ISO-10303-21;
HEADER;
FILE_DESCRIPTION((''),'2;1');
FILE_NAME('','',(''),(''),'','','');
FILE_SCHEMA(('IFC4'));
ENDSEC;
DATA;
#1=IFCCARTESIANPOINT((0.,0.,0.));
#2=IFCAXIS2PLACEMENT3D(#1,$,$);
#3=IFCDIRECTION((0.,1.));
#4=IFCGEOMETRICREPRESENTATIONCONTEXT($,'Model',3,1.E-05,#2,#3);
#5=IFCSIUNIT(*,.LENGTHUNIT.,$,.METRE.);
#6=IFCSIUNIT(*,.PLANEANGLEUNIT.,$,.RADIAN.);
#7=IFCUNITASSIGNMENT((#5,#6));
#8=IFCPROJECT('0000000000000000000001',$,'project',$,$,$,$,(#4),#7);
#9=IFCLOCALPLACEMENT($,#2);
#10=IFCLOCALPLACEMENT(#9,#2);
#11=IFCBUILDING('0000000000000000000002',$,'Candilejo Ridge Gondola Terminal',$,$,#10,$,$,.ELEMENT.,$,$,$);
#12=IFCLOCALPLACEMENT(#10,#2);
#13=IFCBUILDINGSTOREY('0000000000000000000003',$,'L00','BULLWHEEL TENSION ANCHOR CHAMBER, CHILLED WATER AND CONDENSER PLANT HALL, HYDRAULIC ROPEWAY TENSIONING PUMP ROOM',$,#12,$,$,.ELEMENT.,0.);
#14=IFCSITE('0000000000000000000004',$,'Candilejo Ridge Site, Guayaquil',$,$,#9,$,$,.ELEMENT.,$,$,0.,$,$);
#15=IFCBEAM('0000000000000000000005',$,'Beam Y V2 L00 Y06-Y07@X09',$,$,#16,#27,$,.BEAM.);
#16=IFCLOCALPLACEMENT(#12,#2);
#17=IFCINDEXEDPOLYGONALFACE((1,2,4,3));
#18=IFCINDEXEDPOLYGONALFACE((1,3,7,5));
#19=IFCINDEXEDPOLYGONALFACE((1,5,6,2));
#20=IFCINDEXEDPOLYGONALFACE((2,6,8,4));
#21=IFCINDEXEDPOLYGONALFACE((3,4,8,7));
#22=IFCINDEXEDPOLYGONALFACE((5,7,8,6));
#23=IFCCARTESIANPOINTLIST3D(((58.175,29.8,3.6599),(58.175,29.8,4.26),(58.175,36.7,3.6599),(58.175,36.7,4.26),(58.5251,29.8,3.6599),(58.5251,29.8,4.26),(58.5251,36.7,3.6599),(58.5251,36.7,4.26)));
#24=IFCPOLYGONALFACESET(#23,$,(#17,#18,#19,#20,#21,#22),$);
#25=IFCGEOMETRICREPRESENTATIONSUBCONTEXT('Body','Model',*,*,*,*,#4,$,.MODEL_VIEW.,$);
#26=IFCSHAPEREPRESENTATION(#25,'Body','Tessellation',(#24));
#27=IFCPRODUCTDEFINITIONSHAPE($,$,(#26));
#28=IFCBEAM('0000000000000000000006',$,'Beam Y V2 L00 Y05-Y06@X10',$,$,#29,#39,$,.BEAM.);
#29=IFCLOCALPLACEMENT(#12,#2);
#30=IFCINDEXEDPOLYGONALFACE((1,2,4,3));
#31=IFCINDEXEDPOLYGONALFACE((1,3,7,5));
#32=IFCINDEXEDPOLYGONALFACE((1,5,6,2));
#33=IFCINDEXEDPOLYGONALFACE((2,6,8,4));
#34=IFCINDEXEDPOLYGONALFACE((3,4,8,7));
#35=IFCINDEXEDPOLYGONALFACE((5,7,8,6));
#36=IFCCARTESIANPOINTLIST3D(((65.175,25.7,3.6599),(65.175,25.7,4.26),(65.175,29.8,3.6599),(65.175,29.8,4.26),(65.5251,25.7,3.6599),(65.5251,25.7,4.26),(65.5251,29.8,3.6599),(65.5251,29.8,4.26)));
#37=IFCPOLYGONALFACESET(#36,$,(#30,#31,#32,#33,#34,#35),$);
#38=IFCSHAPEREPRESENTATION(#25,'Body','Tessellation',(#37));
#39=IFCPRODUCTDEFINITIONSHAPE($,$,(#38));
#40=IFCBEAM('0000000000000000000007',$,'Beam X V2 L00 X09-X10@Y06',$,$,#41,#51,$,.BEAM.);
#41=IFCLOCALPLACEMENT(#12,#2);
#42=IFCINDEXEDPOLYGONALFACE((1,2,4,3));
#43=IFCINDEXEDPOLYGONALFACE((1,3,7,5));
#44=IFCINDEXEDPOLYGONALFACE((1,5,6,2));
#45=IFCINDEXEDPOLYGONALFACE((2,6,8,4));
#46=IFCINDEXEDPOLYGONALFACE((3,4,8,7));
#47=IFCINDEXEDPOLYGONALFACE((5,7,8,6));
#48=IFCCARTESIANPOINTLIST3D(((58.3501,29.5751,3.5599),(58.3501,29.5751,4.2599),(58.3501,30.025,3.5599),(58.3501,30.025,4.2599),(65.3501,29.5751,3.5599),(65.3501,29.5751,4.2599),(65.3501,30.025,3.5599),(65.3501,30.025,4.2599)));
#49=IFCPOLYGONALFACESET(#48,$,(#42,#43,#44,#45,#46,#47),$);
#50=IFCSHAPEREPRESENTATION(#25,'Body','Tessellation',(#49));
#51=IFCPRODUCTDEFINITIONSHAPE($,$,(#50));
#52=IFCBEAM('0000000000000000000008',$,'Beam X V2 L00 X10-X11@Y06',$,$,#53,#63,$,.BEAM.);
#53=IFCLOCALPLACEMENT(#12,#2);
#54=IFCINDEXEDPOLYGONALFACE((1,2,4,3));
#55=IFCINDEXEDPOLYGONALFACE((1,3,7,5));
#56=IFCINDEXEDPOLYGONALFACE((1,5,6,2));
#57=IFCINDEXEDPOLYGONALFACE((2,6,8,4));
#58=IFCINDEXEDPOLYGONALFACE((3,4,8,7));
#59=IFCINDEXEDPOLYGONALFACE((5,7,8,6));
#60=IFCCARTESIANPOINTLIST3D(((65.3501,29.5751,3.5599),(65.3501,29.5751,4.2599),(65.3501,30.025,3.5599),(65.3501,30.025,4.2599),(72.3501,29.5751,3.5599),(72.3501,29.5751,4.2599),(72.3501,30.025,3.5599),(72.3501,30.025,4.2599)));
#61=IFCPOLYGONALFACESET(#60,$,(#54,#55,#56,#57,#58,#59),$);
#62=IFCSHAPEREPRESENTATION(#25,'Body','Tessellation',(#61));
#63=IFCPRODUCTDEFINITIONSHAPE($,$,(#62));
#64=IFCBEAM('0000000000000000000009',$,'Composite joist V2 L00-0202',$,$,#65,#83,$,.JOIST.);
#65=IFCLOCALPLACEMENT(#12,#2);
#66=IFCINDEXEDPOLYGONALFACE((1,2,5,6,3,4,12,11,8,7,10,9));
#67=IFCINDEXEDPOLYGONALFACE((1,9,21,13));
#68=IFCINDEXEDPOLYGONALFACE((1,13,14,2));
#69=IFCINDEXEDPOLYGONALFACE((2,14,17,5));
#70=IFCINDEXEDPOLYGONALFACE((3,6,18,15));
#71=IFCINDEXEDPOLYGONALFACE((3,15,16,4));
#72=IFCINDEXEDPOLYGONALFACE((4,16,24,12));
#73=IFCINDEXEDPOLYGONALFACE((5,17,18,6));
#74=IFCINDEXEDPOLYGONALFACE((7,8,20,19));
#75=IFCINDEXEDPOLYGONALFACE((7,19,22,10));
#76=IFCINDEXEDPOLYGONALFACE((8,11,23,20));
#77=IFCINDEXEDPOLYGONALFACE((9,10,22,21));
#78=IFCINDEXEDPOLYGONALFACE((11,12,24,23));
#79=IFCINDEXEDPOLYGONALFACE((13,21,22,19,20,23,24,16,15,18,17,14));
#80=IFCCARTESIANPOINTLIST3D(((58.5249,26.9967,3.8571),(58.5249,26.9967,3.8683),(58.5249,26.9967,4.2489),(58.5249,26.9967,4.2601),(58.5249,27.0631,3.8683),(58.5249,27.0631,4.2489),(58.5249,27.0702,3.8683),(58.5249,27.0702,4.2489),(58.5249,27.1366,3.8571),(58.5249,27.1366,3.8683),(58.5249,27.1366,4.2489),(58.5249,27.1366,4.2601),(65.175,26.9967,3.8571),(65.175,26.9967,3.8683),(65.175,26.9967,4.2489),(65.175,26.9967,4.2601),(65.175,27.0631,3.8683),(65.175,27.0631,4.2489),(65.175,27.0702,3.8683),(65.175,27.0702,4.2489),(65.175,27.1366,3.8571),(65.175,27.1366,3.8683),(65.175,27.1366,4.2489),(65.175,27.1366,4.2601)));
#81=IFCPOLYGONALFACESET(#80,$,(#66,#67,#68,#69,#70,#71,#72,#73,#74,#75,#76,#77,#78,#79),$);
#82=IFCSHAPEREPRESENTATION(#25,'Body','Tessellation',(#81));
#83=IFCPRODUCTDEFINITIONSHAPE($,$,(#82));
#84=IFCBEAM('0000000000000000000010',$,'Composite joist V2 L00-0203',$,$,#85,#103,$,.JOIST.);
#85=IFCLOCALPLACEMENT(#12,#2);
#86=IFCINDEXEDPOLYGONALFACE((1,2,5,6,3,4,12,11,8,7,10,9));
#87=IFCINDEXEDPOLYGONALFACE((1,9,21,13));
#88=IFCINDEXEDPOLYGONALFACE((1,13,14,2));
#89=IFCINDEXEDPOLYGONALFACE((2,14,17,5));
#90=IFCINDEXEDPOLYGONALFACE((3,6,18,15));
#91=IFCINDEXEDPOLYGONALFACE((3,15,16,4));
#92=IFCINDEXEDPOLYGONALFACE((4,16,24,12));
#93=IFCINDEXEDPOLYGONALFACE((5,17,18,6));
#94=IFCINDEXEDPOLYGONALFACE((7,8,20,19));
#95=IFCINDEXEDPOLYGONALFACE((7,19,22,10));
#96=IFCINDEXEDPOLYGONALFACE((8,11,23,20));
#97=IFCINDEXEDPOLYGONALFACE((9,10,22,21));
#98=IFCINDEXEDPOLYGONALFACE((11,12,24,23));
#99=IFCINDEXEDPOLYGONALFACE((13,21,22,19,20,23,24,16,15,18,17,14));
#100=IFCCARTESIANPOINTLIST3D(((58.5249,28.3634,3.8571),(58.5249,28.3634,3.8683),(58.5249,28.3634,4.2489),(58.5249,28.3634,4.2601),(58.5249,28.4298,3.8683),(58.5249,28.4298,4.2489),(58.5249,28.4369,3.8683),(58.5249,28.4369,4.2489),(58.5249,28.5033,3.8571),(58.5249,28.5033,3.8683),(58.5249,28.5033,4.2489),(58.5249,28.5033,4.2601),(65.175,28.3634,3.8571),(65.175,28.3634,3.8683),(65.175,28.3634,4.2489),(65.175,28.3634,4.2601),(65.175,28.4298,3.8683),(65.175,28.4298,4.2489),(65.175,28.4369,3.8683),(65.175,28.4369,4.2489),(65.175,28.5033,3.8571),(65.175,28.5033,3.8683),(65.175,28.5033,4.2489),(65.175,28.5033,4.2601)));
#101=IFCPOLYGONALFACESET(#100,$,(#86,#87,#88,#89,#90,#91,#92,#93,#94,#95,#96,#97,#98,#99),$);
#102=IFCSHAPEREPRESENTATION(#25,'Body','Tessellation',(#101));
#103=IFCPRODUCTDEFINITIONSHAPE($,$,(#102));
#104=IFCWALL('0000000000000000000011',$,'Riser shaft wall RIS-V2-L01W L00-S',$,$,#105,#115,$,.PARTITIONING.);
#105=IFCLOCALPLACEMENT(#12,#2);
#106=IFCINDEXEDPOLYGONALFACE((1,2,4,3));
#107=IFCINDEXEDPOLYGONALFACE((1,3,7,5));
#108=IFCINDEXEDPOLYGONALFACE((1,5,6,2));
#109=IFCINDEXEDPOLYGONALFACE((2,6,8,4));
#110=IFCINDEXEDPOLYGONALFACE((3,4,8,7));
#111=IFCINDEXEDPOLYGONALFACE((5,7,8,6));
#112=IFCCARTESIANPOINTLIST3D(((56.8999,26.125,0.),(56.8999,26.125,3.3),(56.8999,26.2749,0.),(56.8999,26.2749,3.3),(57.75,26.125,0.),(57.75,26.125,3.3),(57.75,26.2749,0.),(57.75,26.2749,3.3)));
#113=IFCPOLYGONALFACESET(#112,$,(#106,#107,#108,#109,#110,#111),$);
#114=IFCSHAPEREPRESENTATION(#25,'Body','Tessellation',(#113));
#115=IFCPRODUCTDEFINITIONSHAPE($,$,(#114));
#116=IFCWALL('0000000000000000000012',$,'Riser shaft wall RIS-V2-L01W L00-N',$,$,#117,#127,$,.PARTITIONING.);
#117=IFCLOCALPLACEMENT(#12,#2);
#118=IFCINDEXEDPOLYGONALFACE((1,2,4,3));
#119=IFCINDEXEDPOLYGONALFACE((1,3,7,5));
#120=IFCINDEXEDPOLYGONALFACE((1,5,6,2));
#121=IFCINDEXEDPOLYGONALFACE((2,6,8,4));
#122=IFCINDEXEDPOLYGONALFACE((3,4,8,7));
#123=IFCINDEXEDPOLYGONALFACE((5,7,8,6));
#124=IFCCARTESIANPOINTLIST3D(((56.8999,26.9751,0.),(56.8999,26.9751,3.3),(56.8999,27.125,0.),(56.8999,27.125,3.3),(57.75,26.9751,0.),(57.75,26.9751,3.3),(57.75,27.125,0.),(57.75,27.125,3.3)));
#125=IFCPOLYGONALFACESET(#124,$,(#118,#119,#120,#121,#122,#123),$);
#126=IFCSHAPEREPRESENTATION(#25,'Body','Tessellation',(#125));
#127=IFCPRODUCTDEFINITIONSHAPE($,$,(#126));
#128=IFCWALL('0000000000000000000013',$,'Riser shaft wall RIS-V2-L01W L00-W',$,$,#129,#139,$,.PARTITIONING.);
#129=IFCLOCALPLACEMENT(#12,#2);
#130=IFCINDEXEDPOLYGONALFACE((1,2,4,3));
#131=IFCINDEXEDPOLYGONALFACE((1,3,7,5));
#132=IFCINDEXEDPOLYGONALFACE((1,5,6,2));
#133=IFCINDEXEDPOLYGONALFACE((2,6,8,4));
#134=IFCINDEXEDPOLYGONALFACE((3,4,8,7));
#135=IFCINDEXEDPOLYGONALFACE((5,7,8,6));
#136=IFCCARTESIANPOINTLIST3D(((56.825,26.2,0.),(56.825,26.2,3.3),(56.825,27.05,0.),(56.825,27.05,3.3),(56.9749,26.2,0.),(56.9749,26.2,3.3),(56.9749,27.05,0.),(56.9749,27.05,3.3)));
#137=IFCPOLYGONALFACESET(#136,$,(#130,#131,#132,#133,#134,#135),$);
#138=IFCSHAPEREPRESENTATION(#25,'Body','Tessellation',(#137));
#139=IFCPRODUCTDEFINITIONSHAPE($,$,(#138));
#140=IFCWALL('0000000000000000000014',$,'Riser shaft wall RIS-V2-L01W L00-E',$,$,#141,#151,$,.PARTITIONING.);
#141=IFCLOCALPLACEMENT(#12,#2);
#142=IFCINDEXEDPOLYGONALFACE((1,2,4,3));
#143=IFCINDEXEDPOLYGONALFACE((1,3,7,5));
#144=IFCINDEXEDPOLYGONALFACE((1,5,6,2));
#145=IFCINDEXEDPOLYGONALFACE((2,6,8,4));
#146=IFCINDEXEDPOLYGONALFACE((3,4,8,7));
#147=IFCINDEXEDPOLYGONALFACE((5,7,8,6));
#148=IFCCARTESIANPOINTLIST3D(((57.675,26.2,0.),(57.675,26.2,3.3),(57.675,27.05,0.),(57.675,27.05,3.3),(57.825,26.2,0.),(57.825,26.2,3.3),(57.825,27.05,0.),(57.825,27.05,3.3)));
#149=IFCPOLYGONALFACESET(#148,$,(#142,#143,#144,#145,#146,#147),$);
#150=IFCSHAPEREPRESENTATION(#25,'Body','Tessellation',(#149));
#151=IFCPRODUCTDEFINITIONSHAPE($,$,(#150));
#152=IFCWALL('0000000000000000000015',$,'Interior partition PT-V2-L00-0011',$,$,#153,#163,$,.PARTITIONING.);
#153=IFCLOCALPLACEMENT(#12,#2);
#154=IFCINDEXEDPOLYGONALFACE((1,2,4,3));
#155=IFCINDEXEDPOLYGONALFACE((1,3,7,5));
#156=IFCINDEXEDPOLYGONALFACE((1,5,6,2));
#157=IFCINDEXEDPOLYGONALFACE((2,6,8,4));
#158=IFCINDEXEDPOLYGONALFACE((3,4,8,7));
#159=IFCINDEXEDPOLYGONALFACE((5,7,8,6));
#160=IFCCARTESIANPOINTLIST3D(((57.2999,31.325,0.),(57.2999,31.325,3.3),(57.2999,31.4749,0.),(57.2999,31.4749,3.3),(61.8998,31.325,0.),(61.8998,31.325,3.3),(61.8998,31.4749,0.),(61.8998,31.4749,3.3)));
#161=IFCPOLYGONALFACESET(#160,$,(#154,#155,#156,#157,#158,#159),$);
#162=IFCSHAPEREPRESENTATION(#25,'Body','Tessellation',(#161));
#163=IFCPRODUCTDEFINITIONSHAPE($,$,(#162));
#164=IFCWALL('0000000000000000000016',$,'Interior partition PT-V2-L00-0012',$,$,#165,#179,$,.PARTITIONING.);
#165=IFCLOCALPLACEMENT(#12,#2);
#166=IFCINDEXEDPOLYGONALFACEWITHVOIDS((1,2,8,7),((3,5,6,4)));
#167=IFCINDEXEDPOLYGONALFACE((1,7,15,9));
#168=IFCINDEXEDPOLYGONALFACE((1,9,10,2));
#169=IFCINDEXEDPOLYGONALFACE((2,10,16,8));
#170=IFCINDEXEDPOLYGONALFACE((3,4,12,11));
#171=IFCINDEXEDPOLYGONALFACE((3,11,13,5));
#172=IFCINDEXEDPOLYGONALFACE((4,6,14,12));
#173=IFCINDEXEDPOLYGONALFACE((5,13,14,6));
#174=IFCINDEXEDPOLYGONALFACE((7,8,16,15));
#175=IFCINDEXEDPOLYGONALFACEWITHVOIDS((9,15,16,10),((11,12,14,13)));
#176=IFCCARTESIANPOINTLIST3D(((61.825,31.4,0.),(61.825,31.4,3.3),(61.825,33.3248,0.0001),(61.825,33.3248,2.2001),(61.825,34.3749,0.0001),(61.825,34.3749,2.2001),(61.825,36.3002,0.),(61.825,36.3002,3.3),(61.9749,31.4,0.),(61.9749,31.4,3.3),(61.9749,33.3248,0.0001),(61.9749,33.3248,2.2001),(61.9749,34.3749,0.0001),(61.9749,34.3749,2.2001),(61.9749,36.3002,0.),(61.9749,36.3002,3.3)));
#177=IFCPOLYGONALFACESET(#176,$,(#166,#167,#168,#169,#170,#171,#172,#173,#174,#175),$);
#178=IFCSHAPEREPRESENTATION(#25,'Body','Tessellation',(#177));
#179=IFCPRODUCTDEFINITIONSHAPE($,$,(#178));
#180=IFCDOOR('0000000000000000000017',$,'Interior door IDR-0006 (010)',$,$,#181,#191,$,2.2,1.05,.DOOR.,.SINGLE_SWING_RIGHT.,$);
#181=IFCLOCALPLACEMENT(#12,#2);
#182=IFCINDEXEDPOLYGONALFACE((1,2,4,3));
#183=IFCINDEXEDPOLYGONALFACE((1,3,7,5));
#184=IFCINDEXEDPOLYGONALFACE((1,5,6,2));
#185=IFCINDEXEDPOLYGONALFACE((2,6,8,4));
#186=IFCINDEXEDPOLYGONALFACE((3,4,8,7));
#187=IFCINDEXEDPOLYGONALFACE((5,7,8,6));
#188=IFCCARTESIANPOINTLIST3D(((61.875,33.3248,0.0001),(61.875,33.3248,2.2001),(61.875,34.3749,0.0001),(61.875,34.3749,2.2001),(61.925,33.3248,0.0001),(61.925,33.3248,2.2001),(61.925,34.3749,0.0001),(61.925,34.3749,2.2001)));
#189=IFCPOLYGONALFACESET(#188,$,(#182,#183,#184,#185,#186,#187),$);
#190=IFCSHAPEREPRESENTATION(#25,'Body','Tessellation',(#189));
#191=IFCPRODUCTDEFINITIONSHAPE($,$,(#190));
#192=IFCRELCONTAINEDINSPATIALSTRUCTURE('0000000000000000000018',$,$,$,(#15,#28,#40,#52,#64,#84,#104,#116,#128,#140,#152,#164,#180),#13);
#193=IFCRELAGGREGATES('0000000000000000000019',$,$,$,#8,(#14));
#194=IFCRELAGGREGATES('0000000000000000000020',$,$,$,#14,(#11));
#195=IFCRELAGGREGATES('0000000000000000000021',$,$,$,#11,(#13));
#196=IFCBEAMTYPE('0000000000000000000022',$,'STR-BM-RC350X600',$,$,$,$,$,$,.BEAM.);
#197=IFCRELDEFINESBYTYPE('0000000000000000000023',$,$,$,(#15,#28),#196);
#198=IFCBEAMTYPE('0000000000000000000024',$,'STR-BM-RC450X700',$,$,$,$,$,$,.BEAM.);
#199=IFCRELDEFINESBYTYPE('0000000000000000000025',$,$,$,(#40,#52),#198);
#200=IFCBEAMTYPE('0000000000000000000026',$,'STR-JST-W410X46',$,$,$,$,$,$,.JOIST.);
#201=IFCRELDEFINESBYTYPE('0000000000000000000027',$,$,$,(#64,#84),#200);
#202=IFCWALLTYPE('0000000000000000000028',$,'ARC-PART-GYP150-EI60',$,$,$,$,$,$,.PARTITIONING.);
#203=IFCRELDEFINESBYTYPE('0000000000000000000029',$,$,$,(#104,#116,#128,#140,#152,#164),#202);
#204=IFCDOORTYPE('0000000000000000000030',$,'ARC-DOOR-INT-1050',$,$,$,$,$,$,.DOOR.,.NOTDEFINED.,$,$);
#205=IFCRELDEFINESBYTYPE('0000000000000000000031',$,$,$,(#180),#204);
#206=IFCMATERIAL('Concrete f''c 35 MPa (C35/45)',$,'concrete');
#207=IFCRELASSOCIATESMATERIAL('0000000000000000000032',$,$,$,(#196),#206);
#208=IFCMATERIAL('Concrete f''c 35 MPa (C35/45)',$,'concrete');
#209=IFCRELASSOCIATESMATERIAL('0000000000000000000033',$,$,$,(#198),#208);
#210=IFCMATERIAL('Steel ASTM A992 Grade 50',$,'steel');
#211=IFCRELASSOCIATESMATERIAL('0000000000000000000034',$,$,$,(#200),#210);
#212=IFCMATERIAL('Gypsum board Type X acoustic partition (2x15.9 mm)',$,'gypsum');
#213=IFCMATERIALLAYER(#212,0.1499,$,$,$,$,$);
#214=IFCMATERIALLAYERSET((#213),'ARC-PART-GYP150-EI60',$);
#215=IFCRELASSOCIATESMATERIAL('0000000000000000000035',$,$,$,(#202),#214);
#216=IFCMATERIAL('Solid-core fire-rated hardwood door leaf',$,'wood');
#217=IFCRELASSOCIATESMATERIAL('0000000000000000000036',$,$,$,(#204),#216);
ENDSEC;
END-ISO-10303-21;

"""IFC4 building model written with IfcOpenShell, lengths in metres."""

from ifc_helpers import new_model, si_unit, direction, frame, frame_2d, origin, origin_2d, place, context, subcontext, project, spatial, rectangle, i_section, extrude, material, layer, layer_set, material_profile, profile_set, type_object, element, fill, save


model = new_model("IFC4")

# Units and contexts
model_context = context("Model", 3, precision=1e-05, world=origin(), true_north=direction((0.0, 1.0)))
body_context = subcontext(model_context, "Body", "Model", "MODEL_VIEW")
ifc_project = project(units=[si_unit("LENGTHUNIT", "METRE"), si_unit("PLANEANGLEUNIT", "RADIAN")], contexts=[model_context])

# Site, building, storey
site_placement = place(None, origin())
site = spatial("IfcSite", under=ifc_project, at=site_placement, Name="Candilejo Ridge Site, Guayaquil", CompositionType="ELEMENT", RefElevation=0.0)
building_placement = place(site_placement, origin())
building = spatial("IfcBuilding", under=site, at=building_placement, Name="Candilejo Ridge Gondola Terminal", CompositionType="ELEMENT")
storey_placement = place(building_placement, origin())
storey = spatial("IfcBuildingStorey", under=building, at=storey_placement, Name="L00", Description="BULLWHEEL TENSION ANCHOR CHAMBER, CHILLED WATER AND CONDENSER PLANT HALL, HYDRAULIC ROPEWAY TENSIONING PUMP ROOM", CompositionType="ELEMENT", Elevation=0.0)

# Beams
ifc_material_1 = material(Name="Concrete f'c 35 MPa (C35/45)", Category="concrete")
ifc_material_profile_1 = material_profile(ifc_material_1, rectangle(XDim=0.3501, YDim=0.6001, at=origin_2d()))
ifc_profile_set_1 = profile_set([ifc_material_profile_1], Name="Concrete f'c 35 MPa (C35/45)")
beam_type_1 = type_object("IfcBeamType", Name="STR-BM-RC350X600", PredefinedType="BEAM", material=ifc_profile_set_1)
beam_1_placement = place(storey_placement, frame((58.3501, 29.8, 3.96), z_axis=(0.0, 1.0, 0.0), x_axis=(-1.0, 0.0, 0.0)))
element("IfcBeam", 1, at=beam_1_placement, inside=storey, type_object=beam_type_1, Name="Beam Y V2 L00 Y06-Y07@X09", PredefinedType="BEAM", context=body_context, shape_type="SweptSolid", body=[
    extrude(rectangle(XDim=0.3501, YDim=0.6001, at=origin_2d()), origin(), (0.0, 0.0, 1.0), 6.8999),
])
beam_2_placement = place(storey_placement, frame((65.3501, 25.7, 3.96), z_axis=(0.0, 1.0, 0.0), x_axis=(-1.0, 0.0, 0.0)))
element("IfcBeam", 2, at=beam_2_placement, inside=storey, type_object=beam_type_1, Name="Beam Y V2 L00 Y05-Y06@X10", PredefinedType="BEAM", context=body_context, shape_type="SweptSolid", body=[
    extrude(rectangle(XDim=0.3501, YDim=0.6001, at=origin_2d()), origin(), (0.0, 0.0, 1.0), 4.1001),
])
ifc_material_2 = material(Name="Concrete f'c 35 MPa (C35/45)", Category="concrete")
ifc_material_profile_2 = material_profile(ifc_material_2, rectangle(XDim=0.45, YDim=0.7, at=origin_2d()))
ifc_profile_set_2 = profile_set([ifc_material_profile_2], Name="Concrete f'c 35 MPa (C35/45)")
beam_type_2 = type_object("IfcBeamType", Name="STR-BM-RC450X700", PredefinedType="BEAM", material=ifc_profile_set_2)
for number, where, z_axis, x_axis, name in (
    (3, (58.3501, 29.8, 3.9099), (1.0, 0.0, 0.0), (0.0, 1.0, 0.0), "Beam X V2 L00 X09-X10@Y06"),
    (4, (65.3501, 29.8, 3.9099), (1.0, 0.0, 0.0), (0.0, 1.0, 0.0), "Beam X V2 L00 X10-X11@Y06"),
):
    element("IfcBeam", number, at=place(storey_placement, frame(where, z_axis=z_axis, x_axis=x_axis)), inside=storey, type_object=beam_type_2, Name=name, PredefinedType="BEAM", context=body_context, shape_type="SweptSolid", body=[
        extrude(rectangle(XDim=0.45, YDim=0.7, at=origin_2d()), origin(), (0.0, 0.0, 1.0), 7.0),
    ])
ifc_material_3 = material(Name="Steel ASTM A992 Grade 50", Category="steel")
ifc_material_profile_3 = material_profile(ifc_material_3, i_section(OverallWidth=0.1399, OverallDepth=0.4031, WebThickness=0.0071, FlangeThickness=0.0112, at=origin_2d()))
ifc_profile_set_3 = profile_set([ifc_material_profile_3], Name="Steel ASTM A992 Grade 50")
beam_type_3 = type_object("IfcBeamType", Name="STR-JST-W410X46", PredefinedType="JOIST", material=ifc_profile_set_3)
for number, where, z_axis, x_axis, name in (
    (5, (58.5249, 27.0667, 4.0586), (1.0, 0.0, 0.0), (0.0, 1.0, 0.0), "Composite joist V2 L00-0202"),
    (6, (58.5249, 28.4333, 4.0586), (1.0, 0.0, 0.0), (0.0, 1.0, 0.0), "Composite joist V2 L00-0203"),
):
    element("IfcBeam", number, at=place(storey_placement, frame(where, z_axis=z_axis, x_axis=x_axis)), inside=storey, type_object=beam_type_3, Name=name, PredefinedType="JOIST", context=body_context, shape_type="SweptSolid", body=[
        extrude(i_section(OverallWidth=0.1399, OverallDepth=0.4031, WebThickness=0.0071, FlangeThickness=0.0112, at=origin_2d()), origin(), (0.0, 0.0, 1.0), 6.6501),
    ])

# Walls
ifc_material_4 = material(Name="Gypsum board Type X acoustic partition (2x15.9 mm)", Category="gypsum")
ifc_layer_1 = layer(ifc_material_4, 0.1499)
ifc_layer_set_1 = layer_set([ifc_layer_1], Name="ARC-PART-GYP150-EI60")
wall_type_1 = type_object("IfcWallType", Name="ARC-PART-GYP150-EI60", PredefinedType="PARTITIONING", material=ifc_layer_set_1)
for number, where, z_axis, x_axis, name in (
    (7, (56.8999, 26.2, 0.0), (0.0, 0.0, 1.0), (1.0, 0.0, 0.0), "Riser shaft wall RIS-V2-L01W L00-S"),
    (8, (56.8999, 27.05, 0.0), (0.0, 0.0, 1.0), (1.0, 0.0, 0.0), "Riser shaft wall RIS-V2-L01W L00-N"),
    (9, (56.8999, 26.2, 0.0), (0.0, 0.0, 1.0), (0.0, 1.0, 0.0), "Riser shaft wall RIS-V2-L01W L00-W"),
    (10, (57.75, 26.2, 0.0), (0.0, 0.0, 1.0), (0.0, 1.0, 0.0), "Riser shaft wall RIS-V2-L01W L00-E"),
):
    element("IfcWall", number, at=place(storey_placement, frame(where, z_axis=z_axis, x_axis=x_axis)), inside=storey, type_object=wall_type_1, Name=name, PredefinedType="PARTITIONING", context=body_context, shape_type="SweptSolid", body=[
        extrude(rectangle(XDim=0.8501, YDim=0.1499, at=frame_2d((0.425, 0.0))), origin(), (0.0, 0.0, 1.0), 3.3),
    ])
wall_1_placement = place(storey_placement, frame((57.3, 31.3999, 0.0), z_axis=(0.0, 0.0, 1.0), x_axis=(1.0, 0.0, 0.0)))
element("IfcWall", 11, at=wall_1_placement, inside=storey, type_object=wall_type_1, Name="Interior partition PT-V2-L00-0011", PredefinedType="PARTITIONING", context=body_context, shape_type="SweptSolid", body=[
    extrude(rectangle(XDim=4.5999, YDim=0.1499, at=frame_2d((2.2998, 0.0))), origin(), (0.0, 0.0, 1.0), 3.3),
])

# Wall, opening, door
wall_2_placement = place(storey_placement, frame((61.8999, 31.3999, 0.0), z_axis=(0.0, 0.0, 1.0), x_axis=(0.0, 1.0, 0.0)))
wall_2 = element("IfcWall", 12, at=wall_2_placement, inside=storey, type_object=wall_type_1, Name="Interior partition PT-V2-L00-0012", PredefinedType="PARTITIONING", context=body_context, shape_type="SweptSolid", body=[
    extrude(rectangle(XDim=4.9001, YDim=0.1499, at=frame_2d((2.4502, 0.0))), origin(), (0.0, 0.0, 1.0), 3.3),
])
opening_placement = place(wall_2_placement, frame((1.925, 0.0, 0.0)))
opening = element("IfcOpeningElement", 13, at=opening_placement, cuts=wall_2, PredefinedType="OPENING", context=body_context, shape_type="SweptSolid", body=[
    extrude(rectangle(XDim=1.05, YDim=2.2, at=frame_2d((0.5249, 1.1001))), frame((0.0, 0.085, 0.0), z_axis=(0.0, -1.0, 0.0), x_axis=(1.0, 0.0, 0.0)), (0.0, 0.0, 1.0), 0.1699),
])
ifc_material_5 = material(Name="Solid-core fire-rated hardwood door leaf", Category="wood")
door_type = type_object("IfcDoorType", Name="ARC-DOOR-INT-1050", OperationType="NOTDEFINED", PredefinedType="DOOR", material=ifc_material_5)
door_placement = place(opening_placement, origin())
door = element("IfcDoor", 14, at=door_placement, inside=storey, type_object=door_type, Name="Interior door IDR-0006 (010)", OperationType="SINGLE_SWING_RIGHT", OverallHeight=2.2, OverallWidth=1.05, PredefinedType="DOOR", context=body_context, shape_type="SweptSolid", body=[
    extrude(rectangle(XDim=1.05, YDim=2.2, at=frame_2d((0.5249, 1.1001))), frame((0.0, 0.0249, 0.0), z_axis=(0.0, -1.0, 0.0), x_axis=(1.0, 0.0, 0.0)), (0.0, 0.0, 1.0), 0.05),
])
fill(opening, door)

save(model, "model.ifc")
